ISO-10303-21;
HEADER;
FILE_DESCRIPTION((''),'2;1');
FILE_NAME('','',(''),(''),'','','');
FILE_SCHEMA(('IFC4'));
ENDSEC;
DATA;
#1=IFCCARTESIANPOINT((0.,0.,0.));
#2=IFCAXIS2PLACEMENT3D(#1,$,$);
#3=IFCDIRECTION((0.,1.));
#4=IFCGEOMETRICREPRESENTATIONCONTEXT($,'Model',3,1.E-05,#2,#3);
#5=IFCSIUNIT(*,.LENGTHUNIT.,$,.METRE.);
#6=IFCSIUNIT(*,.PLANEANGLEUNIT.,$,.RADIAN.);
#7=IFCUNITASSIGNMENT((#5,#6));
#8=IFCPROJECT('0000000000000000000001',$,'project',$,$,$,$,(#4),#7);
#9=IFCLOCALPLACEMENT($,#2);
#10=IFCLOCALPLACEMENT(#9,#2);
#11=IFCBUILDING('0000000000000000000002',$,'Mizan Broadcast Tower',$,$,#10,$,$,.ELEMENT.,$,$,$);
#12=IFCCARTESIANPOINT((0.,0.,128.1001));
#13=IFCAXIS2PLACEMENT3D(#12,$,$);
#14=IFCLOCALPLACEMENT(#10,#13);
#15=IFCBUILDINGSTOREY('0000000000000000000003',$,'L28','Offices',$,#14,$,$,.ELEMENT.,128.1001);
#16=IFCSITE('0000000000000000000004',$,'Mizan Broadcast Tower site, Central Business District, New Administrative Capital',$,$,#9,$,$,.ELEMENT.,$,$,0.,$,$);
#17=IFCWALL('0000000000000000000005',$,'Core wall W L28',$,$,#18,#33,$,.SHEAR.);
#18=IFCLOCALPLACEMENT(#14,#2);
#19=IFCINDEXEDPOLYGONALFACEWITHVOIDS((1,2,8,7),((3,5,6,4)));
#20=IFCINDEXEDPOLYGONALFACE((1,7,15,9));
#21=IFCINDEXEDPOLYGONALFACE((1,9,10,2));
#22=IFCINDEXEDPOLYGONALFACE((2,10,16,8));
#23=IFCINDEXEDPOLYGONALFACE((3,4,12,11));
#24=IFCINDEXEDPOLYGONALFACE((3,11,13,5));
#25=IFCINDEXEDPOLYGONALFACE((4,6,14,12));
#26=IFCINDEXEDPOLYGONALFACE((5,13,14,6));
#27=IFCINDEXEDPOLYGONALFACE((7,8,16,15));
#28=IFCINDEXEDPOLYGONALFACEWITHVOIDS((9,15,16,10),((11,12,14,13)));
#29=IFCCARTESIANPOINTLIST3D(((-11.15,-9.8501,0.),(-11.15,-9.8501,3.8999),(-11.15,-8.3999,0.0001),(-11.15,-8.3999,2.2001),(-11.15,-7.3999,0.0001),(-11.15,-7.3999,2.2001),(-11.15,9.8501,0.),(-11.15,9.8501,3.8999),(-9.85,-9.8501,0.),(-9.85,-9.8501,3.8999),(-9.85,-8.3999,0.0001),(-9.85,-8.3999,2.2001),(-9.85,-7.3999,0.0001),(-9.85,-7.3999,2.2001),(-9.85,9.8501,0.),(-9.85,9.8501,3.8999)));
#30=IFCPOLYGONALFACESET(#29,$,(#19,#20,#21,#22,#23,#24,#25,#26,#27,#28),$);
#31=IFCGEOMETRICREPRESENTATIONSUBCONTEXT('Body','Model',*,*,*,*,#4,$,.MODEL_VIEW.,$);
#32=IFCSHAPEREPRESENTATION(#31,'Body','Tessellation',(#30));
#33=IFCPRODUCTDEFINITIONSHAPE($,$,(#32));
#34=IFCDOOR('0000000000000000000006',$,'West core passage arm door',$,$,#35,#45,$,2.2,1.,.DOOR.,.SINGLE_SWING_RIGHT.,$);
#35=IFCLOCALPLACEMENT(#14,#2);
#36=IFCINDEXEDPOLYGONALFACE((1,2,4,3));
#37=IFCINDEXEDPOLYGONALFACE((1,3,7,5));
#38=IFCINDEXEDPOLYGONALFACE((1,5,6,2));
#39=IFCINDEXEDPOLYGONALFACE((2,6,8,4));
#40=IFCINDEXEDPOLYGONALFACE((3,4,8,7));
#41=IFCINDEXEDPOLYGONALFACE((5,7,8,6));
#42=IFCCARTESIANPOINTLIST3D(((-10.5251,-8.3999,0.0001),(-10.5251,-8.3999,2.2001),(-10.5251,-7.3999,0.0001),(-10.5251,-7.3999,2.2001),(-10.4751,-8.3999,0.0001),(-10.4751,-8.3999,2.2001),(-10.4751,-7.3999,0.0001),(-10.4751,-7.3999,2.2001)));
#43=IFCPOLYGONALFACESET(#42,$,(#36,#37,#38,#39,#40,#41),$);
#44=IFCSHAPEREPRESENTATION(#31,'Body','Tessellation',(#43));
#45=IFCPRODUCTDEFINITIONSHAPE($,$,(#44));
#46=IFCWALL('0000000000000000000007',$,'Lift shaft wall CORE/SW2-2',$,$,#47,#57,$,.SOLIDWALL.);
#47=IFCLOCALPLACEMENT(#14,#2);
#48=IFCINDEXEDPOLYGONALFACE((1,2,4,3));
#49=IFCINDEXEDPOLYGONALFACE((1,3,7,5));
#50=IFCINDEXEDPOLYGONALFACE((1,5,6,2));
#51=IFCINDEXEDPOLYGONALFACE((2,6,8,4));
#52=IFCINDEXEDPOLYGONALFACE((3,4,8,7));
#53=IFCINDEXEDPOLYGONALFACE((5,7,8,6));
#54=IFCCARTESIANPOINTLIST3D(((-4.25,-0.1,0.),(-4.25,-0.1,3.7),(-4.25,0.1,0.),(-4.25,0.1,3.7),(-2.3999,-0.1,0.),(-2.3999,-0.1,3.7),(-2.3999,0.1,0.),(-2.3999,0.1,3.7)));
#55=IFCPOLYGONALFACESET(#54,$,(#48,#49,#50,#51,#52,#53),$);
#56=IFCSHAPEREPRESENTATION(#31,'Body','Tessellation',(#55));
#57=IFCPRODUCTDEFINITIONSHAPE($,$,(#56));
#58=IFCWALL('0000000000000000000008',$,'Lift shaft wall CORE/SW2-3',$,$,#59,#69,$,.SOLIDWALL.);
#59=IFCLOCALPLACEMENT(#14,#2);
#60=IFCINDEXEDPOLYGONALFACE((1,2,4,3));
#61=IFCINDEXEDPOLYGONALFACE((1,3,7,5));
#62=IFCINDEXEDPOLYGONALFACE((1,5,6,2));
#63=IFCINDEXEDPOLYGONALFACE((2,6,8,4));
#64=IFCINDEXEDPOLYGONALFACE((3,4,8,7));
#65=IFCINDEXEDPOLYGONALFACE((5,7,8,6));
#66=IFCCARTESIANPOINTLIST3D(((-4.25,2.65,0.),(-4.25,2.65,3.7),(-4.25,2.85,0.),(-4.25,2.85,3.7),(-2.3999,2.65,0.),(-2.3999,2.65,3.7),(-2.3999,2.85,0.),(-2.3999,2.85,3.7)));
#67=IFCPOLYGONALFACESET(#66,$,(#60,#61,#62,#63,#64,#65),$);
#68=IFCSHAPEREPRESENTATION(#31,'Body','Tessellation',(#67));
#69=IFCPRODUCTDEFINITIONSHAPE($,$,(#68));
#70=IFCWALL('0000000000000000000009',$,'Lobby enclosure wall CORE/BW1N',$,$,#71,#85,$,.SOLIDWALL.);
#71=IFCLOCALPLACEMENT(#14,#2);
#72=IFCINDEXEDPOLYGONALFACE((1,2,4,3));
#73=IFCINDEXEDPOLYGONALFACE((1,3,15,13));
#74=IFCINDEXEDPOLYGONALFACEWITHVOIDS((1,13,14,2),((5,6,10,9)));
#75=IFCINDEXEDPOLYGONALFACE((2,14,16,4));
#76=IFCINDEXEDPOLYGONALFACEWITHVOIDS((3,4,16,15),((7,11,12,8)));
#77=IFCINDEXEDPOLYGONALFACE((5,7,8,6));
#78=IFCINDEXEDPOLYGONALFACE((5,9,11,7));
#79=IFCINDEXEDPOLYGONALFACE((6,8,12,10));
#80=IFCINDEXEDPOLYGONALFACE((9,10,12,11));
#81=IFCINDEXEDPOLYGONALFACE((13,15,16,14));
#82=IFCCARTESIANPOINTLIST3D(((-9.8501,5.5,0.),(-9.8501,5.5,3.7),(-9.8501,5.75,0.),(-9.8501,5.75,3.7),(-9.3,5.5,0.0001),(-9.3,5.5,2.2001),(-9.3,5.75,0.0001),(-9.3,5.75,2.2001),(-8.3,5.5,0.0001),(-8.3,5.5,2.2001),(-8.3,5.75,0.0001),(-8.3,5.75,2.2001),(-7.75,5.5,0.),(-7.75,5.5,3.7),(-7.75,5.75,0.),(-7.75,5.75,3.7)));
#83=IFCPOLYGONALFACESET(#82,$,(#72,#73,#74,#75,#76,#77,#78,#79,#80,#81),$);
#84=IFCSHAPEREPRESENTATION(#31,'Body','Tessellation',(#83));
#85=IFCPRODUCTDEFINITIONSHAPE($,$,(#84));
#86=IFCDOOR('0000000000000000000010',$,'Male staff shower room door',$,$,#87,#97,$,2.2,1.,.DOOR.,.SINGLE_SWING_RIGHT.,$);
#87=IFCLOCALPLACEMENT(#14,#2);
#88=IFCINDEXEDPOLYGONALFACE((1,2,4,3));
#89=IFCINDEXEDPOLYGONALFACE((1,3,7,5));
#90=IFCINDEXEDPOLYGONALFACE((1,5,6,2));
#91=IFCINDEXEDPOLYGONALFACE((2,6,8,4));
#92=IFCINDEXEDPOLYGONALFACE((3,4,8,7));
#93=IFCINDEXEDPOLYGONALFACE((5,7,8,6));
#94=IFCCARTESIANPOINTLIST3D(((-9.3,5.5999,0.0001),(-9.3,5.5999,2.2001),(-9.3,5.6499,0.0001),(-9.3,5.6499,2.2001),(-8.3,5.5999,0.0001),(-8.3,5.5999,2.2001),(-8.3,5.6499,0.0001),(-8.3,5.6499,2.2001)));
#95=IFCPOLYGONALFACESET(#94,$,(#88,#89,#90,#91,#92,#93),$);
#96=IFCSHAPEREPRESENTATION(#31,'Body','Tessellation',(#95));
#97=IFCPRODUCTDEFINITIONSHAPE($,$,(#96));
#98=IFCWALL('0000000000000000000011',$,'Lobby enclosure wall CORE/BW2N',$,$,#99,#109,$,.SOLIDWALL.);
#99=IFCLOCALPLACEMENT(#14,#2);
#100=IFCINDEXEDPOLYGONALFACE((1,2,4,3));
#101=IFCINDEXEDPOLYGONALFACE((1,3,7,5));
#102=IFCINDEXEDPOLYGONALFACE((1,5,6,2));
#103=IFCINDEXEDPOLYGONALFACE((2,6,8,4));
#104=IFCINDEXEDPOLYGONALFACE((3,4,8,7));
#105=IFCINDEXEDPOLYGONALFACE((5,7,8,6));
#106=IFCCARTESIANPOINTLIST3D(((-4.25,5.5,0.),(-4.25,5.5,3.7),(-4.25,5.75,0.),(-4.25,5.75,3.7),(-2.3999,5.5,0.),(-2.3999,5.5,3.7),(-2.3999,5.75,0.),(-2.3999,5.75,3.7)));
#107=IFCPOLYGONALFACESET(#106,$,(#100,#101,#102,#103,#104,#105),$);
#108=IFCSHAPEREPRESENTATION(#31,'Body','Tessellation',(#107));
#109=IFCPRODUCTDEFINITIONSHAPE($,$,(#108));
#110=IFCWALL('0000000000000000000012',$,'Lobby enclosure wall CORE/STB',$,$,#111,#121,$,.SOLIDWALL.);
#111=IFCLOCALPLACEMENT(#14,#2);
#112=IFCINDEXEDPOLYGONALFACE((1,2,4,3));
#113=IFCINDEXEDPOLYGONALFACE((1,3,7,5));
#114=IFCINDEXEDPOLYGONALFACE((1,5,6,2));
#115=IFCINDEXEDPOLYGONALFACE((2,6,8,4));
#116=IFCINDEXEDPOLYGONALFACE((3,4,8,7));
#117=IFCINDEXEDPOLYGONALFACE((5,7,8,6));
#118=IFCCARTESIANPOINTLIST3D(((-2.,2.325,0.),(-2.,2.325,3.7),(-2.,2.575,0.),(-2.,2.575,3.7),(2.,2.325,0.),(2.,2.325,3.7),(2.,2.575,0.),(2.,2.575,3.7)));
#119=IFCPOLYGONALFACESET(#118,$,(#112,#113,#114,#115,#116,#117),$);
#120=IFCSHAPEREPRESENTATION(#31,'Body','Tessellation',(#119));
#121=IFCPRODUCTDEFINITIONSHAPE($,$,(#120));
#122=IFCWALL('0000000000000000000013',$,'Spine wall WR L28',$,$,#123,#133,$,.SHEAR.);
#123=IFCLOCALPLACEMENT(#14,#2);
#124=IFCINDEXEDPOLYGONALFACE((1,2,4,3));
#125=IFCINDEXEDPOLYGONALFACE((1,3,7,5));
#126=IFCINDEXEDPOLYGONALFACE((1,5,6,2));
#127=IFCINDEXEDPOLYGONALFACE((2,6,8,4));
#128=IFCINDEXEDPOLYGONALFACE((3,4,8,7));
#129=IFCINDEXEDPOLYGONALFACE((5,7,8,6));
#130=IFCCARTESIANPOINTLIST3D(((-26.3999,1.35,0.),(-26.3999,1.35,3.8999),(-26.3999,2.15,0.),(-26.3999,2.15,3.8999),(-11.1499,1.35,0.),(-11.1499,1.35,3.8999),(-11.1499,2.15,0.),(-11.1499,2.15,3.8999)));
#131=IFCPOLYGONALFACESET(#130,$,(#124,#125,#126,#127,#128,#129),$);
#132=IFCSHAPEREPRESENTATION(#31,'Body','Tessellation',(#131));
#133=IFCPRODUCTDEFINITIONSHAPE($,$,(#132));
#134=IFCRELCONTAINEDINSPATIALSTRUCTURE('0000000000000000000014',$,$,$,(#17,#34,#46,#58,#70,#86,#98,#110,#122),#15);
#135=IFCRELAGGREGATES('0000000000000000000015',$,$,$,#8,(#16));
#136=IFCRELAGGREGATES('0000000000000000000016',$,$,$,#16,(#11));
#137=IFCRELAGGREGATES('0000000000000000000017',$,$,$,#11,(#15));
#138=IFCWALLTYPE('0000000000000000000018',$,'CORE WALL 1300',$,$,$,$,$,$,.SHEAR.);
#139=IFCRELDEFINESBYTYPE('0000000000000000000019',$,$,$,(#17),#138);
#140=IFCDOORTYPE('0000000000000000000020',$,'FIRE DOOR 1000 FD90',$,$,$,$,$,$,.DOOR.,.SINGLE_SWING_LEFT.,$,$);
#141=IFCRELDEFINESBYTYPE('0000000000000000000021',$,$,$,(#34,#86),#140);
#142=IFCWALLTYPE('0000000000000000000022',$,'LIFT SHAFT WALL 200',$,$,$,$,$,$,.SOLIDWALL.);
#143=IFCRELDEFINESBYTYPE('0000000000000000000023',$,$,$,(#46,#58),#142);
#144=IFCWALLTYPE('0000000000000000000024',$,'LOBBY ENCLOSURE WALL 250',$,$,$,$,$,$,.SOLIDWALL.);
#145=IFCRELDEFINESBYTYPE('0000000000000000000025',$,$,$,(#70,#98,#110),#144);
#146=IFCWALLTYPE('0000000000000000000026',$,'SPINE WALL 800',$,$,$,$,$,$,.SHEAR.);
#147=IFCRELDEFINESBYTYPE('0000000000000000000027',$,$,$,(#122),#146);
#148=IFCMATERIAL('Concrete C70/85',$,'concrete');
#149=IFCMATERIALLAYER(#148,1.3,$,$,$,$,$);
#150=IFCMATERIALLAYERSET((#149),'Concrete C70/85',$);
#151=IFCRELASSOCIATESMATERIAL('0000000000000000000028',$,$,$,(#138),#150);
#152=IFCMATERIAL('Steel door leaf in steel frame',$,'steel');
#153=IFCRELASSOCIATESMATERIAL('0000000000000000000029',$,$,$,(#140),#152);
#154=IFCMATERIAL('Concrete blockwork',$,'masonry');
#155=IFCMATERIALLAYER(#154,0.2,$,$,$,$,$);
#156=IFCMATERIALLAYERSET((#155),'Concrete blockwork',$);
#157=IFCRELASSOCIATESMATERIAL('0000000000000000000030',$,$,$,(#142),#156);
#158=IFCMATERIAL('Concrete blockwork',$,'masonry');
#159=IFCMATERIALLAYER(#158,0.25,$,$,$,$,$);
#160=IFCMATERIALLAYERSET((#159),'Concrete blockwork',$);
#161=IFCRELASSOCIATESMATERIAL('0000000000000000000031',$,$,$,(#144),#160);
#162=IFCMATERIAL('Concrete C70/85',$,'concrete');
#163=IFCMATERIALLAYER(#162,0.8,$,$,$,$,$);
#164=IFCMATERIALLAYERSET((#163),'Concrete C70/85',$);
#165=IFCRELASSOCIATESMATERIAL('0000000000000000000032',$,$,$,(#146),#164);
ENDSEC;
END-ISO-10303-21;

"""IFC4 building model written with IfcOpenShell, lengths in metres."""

from ifc_helpers import new_model, si_unit, direction, frame, frame_2d, origin, place, context, subcontext, project, spatial, rectangle, extrude, material, layer, layer_set, type_object, element, fill, save


model = new_model("IFC4")

# Units and contexts
model_context = context("Model", 3, precision=1e-05, world=origin(), true_north=direction((0.0, 1.0)))
body_context = subcontext(model_context, "Body", "Model", "MODEL_VIEW")
ifc_project = project(units=[si_unit("LENGTHUNIT", "METRE"), si_unit("PLANEANGLEUNIT", "RADIAN")], contexts=[model_context])

# Site, building, storey
site_placement = place(None, origin())
site = spatial("IfcSite", under=ifc_project, at=site_placement, Name="Mizan Broadcast Tower site, Central Business District, New Administrative Capital", CompositionType="ELEMENT", RefElevation=0.0)
building_placement = place(site_placement, origin())
building = spatial("IfcBuilding", under=site, at=building_placement, Name="Mizan Broadcast Tower", CompositionType="ELEMENT")
storey_placement = place(building_placement, frame((0.0, 0.0, 128.1001)))
storey = spatial("IfcBuildingStorey", under=building, at=storey_placement, Name="L28", Description="Offices", CompositionType="ELEMENT", Elevation=128.1001)

# Shared definitions
ifc_material_1 = material(Name="Concrete C70/85", Category="concrete")
ifc_layer_1 = layer(ifc_material_1, 1.3)
ifc_layer_set_1 = layer_set([ifc_layer_1], Name="Concrete C70/85")
wall_type_1 = type_object("IfcWallType", Name="CORE WALL 1300", PredefinedType="SHEAR", material=ifc_layer_set_1)

# Wall, opening, door
wall_1_placement = place(storey_placement, frame((-10.5, 9.8501, 0.0), z_axis=(0.0, 0.0, 1.0), x_axis=(0.0, -1.0, 0.0)))
wall_1 = element("IfcWall", 1, at=wall_1_placement, inside=storey, type_object=wall_type_1, Name="Core wall W L28", PredefinedType="SHEAR", context=body_context, shape_type="SweptSolid", body=[
    extrude(rectangle(XDim=19.7002, YDim=1.3, at=frame_2d((9.8501, 0.0))), origin(), (0.0, 0.0, 1.0), 3.8999),
])
opening_1_placement = place(wall_1_placement, frame((17.25, 0.0, 0.0)))
opening_1 = element("IfcOpeningElement", 2, at=opening_1_placement, cuts=wall_1, PredefinedType="OPENING", context=body_context, shape_type="SweptSolid", body=[
    extrude(rectangle(XDim=1.0, YDim=2.2, at=frame_2d((0.5, 1.1001))), frame((0.0, 0.6599, 0.0), z_axis=(0.0, -1.0, 0.0), x_axis=(1.0, 0.0, 0.0)), (0.0, 0.0, 1.0), 1.3201),
])
ifc_material_2 = material(Name="Steel door leaf in steel frame", Category="steel")
door_type_1 = type_object("IfcDoorType", Name="FIRE DOOR 1000 FD90", OperationType="SINGLE_SWING_LEFT", PredefinedType="DOOR", material=ifc_material_2)
door_1_placement = place(opening_1_placement, origin())
door_1 = element("IfcDoor", 3, at=door_1_placement, inside=storey, type_object=door_type_1, Name="West core passage arm door", OperationType="SINGLE_SWING_RIGHT", OverallHeight=2.2, OverallWidth=1.0, PredefinedType="DOOR", context=body_context, shape_type="SweptSolid", body=[
    extrude(rectangle(XDim=1.0, YDim=2.2, at=frame_2d((0.5, 1.1001))), frame((0.0, 0.0249, 0.0), z_axis=(0.0, -1.0, 0.0), x_axis=(1.0, 0.0, 0.0)), (0.0, 0.0, 1.0), 0.05),
])
fill(opening_1, door_1)

# Walls
ifc_material_3 = material(Name="Concrete blockwork", Category="masonry")
ifc_layer_2 = layer(ifc_material_3, 0.2)
ifc_layer_set_2 = layer_set([ifc_layer_2], Name="Concrete blockwork")
wall_type_2 = type_object("IfcWallType", Name="LIFT SHAFT WALL 200", PredefinedType="SOLIDWALL", material=ifc_layer_set_2)
for number, where, z_axis, x_axis, name in (
    (4, (-4.25, 0.0, 0.0), (0.0, 0.0, 1.0), (1.0, 0.0, 0.0), "Lift shaft wall CORE/SW2-2"),
    (5, (-4.25, 2.75, 0.0), (0.0, 0.0, 1.0), (1.0, 0.0, 0.0), "Lift shaft wall CORE/SW2-3"),
):
    element("IfcWall", number, at=place(storey_placement, frame(where, z_axis=z_axis, x_axis=x_axis)), inside=storey, type_object=wall_type_2, Name=name, PredefinedType="SOLIDWALL", context=body_context, shape_type="SweptSolid", body=[
        extrude(rectangle(XDim=1.8501, YDim=0.2, at=frame_2d((0.925, 0.0))), origin(), (0.0, 0.0, 1.0), 3.7),
    ])

# Wall, opening, door
ifc_material_4 = material(Name="Concrete blockwork", Category="masonry")
ifc_layer_3 = layer(ifc_material_4, 0.25)
ifc_layer_set_3 = layer_set([ifc_layer_3], Name="Concrete blockwork")
wall_type_3 = type_object("IfcWallType", Name="LOBBY ENCLOSURE WALL 250", PredefinedType="SOLIDWALL", material=ifc_layer_set_3)
wall_2_placement = place(storey_placement, frame((-9.8501, 5.625, 0.0), z_axis=(0.0, 0.0, 1.0), x_axis=(1.0, 0.0, 0.0)))
wall_2 = element("IfcWall", 6, at=wall_2_placement, inside=storey, type_object=wall_type_3, Name="Lobby enclosure wall CORE/BW1N", PredefinedType="SOLIDWALL", context=body_context, shape_type="SweptSolid", body=[
    extrude(rectangle(XDim=2.1001, YDim=0.25, at=frame_2d((1.05, 0.0))), origin(), (0.0, 0.0, 1.0), 3.7),
])
opening_2_placement = place(wall_2_placement, frame((0.55, 0.0, 0.0)))
opening_2 = element("IfcOpeningElement", 7, at=opening_2_placement, cuts=wall_2, PredefinedType="OPENING", context=body_context, shape_type="SweptSolid", body=[
    extrude(rectangle(XDim=1.0, YDim=2.2, at=frame_2d((0.5, 1.1001))), frame((0.0, 0.135, 0.0), z_axis=(0.0, -1.0, 0.0), x_axis=(1.0, 0.0, 0.0)), (0.0, 0.0, 1.0), 0.27),
])
door_2_placement = place(opening_2_placement, origin())
door_2 = element("IfcDoor", 8, at=door_2_placement, inside=storey, type_object=door_type_1, Name="Male staff shower room door", OperationType="SINGLE_SWING_RIGHT", OverallHeight=2.2, OverallWidth=1.0, PredefinedType="DOOR", context=body_context, shape_type="SweptSolid", body=[
    extrude(rectangle(XDim=1.0, YDim=2.2, at=frame_2d((0.5, 1.1001))), frame((0.0, 0.0249, 0.0), z_axis=(0.0, -1.0, 0.0), x_axis=(1.0, 0.0, 0.0)), (0.0, 0.0, 1.0), 0.05),
])
fill(opening_2, door_2)

# Walls
wall_3_placement = place(storey_placement, frame((-4.25, 5.625, 0.0), z_axis=(0.0, 0.0, 1.0), x_axis=(1.0, 0.0, 0.0)))
element("IfcWall", 9, at=wall_3_placement, inside=storey, type_object=wall_type_3, Name="Lobby enclosure wall CORE/BW2N", PredefinedType="SOLIDWALL", context=body_context, shape_type="SweptSolid", body=[
    extrude(rectangle(XDim=1.8501, YDim=0.25, at=frame_2d((0.925, 0.0))), origin(), (0.0, 0.0, 1.0), 3.7),
])
wall_4_placement = place(storey_placement, frame((-2.0, 2.45, 0.0), z_axis=(0.0, 0.0, 1.0), x_axis=(1.0, 0.0, 0.0)))
element("IfcWall", 10, at=wall_4_placement, inside=storey, type_object=wall_type_3, Name="Lobby enclosure wall CORE/STB", PredefinedType="SOLIDWALL", context=body_context, shape_type="SweptSolid", body=[
    extrude(rectangle(XDim=4.0, YDim=0.25, at=frame_2d((2.0, 0.0))), origin(), (0.0, 0.0, 1.0), 3.7),
])
ifc_material_5 = material(Name="Concrete C70/85", Category="concrete")
ifc_layer_4 = layer(ifc_material_5, 0.8)
ifc_layer_set_4 = layer_set([ifc_layer_4], Name="Concrete C70/85")
wall_type_4 = type_object("IfcWallType", Name="SPINE WALL 800", PredefinedType="SHEAR", material=ifc_layer_set_4)
wall_5_placement = place(storey_placement, frame((-11.1499, 1.75, 0.0), z_axis=(0.0, 0.0, 1.0), x_axis=(-1.0, 0.0, 0.0)))
element("IfcWall", 11, at=wall_5_placement, inside=storey, type_object=wall_type_4, Name="Spine wall WR L28", PredefinedType="SHEAR", context=body_context, shape_type="SweptSolid", body=[
    extrude(rectangle(XDim=15.25, YDim=0.8, at=frame_2d((7.625, 0.0))), origin(), (0.0, 0.0, 1.0), 3.8999),
])

save(model, "model.ifc")
